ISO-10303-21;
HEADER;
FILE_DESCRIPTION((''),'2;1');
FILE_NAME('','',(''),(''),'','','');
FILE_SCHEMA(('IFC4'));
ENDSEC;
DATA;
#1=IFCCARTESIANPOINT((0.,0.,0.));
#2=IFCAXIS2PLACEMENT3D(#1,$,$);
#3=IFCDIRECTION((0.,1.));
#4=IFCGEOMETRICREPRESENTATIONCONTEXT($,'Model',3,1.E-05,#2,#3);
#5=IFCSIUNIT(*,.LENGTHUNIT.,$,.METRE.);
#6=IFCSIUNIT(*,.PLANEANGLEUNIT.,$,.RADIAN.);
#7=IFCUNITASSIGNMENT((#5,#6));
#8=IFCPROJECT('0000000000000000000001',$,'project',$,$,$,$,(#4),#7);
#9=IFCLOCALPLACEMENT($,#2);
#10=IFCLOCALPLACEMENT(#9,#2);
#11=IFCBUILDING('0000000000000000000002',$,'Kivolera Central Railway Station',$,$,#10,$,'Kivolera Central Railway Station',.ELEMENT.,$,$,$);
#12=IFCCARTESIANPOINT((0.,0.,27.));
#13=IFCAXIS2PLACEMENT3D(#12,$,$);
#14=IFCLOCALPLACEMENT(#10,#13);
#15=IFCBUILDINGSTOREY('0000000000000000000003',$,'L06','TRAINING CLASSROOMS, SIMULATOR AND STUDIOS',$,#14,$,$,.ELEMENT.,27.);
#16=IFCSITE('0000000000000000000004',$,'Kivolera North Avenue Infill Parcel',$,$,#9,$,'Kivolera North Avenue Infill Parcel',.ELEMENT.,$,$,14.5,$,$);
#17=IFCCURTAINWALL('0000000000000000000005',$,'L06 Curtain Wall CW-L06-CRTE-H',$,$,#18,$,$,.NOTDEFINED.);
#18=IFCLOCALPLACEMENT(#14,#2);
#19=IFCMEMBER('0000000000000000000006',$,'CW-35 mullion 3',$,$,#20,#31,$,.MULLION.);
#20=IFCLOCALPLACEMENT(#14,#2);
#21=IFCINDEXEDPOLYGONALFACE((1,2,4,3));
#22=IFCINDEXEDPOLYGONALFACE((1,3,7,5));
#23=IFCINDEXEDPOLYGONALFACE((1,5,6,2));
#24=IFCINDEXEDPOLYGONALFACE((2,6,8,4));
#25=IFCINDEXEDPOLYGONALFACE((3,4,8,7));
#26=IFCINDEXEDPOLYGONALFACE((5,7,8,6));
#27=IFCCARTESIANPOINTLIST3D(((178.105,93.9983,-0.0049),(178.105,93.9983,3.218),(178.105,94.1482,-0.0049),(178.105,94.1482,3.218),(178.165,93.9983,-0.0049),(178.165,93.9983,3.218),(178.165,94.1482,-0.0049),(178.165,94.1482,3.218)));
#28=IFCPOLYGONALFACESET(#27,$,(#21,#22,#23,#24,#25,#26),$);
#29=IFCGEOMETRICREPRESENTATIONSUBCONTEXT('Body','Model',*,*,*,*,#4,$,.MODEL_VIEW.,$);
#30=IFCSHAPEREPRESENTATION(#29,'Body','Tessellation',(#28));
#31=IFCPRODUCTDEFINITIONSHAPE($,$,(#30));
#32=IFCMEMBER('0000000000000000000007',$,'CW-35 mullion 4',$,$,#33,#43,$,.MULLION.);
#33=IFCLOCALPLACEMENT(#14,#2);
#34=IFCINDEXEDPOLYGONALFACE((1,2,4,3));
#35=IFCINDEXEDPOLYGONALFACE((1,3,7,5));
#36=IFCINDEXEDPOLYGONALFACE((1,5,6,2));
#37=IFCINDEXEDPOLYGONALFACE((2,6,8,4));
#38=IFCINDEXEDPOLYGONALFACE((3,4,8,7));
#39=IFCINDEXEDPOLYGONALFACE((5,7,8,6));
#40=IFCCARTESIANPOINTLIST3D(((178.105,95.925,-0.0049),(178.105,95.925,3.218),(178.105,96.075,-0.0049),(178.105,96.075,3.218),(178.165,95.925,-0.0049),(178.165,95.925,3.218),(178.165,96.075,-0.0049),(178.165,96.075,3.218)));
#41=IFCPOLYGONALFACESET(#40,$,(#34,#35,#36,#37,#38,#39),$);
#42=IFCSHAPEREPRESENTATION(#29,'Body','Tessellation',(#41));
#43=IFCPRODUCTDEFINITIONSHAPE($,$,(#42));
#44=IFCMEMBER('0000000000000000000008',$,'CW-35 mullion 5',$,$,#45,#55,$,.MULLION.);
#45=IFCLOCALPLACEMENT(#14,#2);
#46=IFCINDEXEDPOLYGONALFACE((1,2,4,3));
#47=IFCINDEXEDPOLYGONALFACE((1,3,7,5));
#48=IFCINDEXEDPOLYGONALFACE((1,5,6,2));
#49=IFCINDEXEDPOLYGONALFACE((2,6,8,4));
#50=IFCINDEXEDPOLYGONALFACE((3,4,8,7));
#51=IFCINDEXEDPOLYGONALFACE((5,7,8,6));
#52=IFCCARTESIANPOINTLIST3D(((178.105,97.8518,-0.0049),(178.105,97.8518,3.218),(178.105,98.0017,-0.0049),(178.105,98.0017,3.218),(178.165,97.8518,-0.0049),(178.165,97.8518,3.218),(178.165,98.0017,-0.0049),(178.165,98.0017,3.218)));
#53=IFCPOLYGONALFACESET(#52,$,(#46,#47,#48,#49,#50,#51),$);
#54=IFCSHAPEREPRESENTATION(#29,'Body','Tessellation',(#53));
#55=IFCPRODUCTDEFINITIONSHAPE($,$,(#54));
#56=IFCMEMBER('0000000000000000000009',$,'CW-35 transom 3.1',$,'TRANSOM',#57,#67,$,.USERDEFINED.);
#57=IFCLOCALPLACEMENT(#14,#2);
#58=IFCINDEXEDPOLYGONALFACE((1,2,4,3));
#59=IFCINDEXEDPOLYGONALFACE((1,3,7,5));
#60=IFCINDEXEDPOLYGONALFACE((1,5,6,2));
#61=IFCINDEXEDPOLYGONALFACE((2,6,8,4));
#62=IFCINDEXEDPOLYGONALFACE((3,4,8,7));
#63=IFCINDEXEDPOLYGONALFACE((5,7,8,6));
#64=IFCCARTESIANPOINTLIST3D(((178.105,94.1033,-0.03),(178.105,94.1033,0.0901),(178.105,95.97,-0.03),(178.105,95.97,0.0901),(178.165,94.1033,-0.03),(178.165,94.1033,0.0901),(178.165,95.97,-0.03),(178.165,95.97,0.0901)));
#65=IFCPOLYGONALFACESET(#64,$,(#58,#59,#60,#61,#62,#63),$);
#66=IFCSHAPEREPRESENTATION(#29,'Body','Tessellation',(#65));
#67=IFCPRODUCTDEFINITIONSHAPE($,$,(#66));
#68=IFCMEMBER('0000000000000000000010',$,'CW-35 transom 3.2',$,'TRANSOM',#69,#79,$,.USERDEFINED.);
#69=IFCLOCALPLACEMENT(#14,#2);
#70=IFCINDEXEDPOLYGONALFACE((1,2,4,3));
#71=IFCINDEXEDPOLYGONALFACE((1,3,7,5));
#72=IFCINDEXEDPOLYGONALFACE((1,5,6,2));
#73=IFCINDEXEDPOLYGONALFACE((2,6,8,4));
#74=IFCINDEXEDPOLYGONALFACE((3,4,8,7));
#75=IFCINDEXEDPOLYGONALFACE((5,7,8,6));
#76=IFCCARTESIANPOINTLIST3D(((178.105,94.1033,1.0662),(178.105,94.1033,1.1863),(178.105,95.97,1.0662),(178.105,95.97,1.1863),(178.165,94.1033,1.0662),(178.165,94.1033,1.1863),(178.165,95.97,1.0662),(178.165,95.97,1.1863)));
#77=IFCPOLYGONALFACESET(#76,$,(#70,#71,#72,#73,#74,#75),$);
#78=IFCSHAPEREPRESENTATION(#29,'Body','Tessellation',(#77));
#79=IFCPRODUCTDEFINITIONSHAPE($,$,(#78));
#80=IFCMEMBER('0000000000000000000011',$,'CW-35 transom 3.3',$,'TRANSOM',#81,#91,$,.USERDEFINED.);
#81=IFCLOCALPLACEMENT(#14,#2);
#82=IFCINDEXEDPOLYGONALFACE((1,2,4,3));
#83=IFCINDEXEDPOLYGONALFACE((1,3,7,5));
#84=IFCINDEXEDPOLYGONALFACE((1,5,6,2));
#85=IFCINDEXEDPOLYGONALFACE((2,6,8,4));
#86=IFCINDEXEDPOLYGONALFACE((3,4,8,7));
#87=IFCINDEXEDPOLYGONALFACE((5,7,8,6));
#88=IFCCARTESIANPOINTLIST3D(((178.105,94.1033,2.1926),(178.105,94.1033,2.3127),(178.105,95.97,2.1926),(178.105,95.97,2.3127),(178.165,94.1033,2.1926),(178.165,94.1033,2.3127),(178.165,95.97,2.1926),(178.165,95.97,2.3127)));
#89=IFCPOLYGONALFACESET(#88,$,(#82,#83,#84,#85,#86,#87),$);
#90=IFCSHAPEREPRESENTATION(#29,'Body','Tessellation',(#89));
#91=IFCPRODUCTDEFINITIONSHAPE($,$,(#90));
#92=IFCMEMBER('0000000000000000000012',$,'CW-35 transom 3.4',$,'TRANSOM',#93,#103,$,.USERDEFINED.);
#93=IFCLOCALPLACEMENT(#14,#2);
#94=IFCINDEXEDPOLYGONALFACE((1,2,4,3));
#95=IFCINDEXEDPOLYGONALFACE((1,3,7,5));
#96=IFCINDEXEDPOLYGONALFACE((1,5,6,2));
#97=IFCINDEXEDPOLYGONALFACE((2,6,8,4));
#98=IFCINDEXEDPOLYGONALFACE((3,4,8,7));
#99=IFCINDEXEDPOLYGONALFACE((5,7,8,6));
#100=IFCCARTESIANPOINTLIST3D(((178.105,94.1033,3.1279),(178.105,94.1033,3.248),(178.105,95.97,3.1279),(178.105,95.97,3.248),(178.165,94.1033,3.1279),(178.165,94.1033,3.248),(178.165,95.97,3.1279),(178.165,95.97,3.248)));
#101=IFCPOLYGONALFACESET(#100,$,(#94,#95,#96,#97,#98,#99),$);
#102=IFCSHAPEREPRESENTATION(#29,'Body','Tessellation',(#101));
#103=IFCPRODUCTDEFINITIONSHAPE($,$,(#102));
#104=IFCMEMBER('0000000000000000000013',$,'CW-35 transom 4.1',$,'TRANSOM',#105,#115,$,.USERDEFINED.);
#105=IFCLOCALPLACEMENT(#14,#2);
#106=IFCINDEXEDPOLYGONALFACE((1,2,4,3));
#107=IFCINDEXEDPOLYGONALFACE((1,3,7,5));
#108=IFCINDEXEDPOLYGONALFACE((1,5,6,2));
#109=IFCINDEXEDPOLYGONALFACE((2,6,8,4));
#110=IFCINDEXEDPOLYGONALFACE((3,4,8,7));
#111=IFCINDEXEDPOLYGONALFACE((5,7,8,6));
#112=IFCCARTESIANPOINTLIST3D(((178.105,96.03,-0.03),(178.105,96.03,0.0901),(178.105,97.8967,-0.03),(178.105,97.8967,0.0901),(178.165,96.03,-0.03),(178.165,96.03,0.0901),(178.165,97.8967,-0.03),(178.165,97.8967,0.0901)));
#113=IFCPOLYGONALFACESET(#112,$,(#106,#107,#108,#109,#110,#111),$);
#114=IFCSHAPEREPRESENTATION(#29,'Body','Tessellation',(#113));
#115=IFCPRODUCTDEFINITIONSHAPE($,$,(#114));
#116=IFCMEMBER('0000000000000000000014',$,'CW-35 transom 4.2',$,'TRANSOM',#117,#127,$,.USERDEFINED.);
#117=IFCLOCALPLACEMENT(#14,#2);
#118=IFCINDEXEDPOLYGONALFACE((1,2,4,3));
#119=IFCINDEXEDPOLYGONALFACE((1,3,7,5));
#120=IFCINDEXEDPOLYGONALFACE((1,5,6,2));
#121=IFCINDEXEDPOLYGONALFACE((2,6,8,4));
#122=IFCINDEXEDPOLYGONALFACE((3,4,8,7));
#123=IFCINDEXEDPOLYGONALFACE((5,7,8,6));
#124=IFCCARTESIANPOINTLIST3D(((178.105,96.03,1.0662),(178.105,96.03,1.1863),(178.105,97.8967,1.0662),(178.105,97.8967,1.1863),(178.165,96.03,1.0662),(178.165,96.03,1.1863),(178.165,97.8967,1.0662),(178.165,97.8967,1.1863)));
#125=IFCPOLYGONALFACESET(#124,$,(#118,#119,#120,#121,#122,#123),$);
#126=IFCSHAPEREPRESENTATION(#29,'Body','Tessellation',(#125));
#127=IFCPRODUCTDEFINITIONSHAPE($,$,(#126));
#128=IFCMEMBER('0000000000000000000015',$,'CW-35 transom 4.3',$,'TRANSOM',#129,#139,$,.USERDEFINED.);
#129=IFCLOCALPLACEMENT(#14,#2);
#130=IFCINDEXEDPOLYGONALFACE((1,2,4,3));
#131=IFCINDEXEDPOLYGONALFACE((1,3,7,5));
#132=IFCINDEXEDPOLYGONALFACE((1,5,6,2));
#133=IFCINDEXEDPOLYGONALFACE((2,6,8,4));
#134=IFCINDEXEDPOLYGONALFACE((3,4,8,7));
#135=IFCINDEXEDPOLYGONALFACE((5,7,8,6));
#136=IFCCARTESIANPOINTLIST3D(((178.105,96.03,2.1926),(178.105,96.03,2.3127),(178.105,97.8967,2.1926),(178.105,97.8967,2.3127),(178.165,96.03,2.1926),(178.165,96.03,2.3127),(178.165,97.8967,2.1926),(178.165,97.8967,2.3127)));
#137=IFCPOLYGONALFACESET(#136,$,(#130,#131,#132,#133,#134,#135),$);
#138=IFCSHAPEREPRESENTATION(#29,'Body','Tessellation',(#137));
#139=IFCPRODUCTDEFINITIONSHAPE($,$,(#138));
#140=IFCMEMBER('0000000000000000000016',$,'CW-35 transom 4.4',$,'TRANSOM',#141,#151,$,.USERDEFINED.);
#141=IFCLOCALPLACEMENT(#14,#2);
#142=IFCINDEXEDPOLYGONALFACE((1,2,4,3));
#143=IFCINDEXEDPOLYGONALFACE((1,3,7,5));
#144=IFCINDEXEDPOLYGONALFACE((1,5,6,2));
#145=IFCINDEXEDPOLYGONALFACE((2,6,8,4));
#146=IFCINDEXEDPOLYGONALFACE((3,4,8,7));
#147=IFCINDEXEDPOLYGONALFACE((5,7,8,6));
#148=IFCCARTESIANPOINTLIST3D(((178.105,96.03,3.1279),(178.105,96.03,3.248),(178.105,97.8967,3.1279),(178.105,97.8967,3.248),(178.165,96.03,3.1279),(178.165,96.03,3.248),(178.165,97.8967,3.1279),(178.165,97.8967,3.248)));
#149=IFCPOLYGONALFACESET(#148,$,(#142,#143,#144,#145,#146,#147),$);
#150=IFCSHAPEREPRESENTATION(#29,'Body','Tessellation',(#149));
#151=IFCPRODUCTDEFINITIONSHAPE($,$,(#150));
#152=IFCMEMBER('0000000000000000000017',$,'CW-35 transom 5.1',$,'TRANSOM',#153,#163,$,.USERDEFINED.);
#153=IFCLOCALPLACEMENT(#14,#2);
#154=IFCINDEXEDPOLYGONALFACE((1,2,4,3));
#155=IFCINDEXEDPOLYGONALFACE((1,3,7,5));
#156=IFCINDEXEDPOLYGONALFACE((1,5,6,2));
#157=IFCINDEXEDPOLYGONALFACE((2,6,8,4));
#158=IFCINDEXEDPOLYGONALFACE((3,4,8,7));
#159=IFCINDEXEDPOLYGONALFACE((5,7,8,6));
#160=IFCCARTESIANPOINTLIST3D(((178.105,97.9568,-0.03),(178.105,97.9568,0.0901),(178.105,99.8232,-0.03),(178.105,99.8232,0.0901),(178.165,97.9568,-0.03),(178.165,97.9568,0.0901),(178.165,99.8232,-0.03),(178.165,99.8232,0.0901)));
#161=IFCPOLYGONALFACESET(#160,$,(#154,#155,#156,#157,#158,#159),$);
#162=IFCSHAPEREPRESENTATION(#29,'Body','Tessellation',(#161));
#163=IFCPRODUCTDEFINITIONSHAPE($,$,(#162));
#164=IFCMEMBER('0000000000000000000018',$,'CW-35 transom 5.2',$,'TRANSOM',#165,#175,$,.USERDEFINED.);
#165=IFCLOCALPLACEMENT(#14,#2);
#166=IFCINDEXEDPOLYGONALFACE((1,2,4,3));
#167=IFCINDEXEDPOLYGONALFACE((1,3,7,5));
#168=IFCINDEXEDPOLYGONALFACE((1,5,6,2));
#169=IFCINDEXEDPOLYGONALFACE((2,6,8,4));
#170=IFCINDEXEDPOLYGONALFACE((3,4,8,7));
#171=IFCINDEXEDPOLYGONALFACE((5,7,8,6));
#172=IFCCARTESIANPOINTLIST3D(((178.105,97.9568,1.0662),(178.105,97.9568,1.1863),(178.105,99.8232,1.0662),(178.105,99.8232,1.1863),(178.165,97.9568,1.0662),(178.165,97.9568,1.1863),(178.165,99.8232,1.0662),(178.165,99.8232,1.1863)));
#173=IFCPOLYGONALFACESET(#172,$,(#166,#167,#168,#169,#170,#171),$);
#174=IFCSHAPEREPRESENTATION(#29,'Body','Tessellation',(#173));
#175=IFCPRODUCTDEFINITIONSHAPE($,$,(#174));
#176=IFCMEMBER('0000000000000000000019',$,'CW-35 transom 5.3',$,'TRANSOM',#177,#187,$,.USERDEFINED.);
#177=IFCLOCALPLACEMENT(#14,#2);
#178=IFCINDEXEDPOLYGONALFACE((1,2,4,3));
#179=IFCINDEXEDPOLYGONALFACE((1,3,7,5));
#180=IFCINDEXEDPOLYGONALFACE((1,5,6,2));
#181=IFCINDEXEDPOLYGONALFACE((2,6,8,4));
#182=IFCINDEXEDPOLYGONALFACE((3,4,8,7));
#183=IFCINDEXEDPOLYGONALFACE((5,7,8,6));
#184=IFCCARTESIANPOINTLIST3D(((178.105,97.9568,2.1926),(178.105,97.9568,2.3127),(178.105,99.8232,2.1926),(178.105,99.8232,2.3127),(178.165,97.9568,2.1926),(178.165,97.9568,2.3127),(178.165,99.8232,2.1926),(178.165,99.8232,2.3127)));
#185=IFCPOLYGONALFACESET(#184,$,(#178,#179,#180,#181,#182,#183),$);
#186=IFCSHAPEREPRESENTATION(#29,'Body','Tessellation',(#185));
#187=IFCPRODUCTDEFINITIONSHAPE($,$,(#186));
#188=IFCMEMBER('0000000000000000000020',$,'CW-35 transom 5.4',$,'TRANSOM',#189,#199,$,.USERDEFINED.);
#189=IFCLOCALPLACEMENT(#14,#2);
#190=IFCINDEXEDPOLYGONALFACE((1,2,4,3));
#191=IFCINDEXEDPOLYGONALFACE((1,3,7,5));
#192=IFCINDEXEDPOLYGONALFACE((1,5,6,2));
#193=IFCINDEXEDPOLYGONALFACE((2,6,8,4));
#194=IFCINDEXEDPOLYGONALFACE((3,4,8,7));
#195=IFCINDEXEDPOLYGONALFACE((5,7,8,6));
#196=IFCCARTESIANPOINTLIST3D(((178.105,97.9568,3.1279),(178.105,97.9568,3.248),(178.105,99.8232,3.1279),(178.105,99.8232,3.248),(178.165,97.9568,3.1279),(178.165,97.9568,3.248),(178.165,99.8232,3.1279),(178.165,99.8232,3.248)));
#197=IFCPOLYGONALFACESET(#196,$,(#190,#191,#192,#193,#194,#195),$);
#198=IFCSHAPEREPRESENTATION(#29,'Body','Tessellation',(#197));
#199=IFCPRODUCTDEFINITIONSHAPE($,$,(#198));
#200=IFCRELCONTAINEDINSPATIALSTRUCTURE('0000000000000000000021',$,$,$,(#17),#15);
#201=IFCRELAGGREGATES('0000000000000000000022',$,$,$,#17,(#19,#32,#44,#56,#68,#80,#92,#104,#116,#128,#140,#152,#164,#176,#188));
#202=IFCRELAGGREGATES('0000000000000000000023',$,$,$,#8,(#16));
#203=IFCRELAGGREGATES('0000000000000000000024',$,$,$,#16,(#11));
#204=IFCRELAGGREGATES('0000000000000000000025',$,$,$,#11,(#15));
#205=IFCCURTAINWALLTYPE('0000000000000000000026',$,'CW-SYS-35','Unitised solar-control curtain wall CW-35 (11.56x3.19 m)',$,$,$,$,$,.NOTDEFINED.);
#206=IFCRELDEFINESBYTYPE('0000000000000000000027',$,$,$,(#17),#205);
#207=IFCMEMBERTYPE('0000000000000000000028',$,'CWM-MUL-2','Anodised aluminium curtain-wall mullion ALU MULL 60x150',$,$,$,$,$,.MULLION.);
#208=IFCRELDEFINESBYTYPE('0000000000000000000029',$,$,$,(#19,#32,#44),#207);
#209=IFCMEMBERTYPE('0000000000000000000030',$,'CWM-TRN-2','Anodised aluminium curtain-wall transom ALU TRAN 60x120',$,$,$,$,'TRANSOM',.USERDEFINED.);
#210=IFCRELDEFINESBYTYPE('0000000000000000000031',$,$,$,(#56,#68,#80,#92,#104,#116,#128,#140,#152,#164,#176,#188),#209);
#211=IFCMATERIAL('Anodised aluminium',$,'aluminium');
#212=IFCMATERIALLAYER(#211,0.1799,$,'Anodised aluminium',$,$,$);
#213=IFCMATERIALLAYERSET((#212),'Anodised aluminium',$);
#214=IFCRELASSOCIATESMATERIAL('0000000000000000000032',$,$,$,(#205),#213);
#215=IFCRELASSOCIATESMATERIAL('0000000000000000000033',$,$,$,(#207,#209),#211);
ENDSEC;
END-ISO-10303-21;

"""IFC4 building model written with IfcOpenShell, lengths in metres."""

from ifc_helpers import new_model, si_unit, direction, frame, origin, origin_2d, place, context, subcontext, project, spatial, rectangle, extrude, material, layer, layer_set, material_profile, profile_set, type_object, element, aggregate, save


model = new_model("IFC4")

# Units and contexts
model_context = context("Model", 3, precision=1e-05, world=origin(), true_north=direction((0.0, 1.0)))
body_context = subcontext(model_context, "Body", "Model", "MODEL_VIEW")
ifc_project = project(units=[si_unit("LENGTHUNIT", "METRE"), si_unit("PLANEANGLEUNIT", "RADIAN")], contexts=[model_context])

# Site, building, storey
site_placement = place(None, origin())
site = spatial("IfcSite", under=ifc_project, at=site_placement, Name="Kivolera North Avenue Infill Parcel", LongName="Kivolera North Avenue Infill Parcel", CompositionType="ELEMENT", RefElevation=14.5)
building_placement = place(site_placement, origin())
building = spatial("IfcBuilding", under=site, at=building_placement, Name="Kivolera Central Railway Station", LongName="Kivolera Central Railway Station", CompositionType="ELEMENT")
storey_placement = place(building_placement, frame((0.0, 0.0, 27.0)))
storey = spatial("IfcBuildingStorey", under=building, at=storey_placement, Name="L06", Description="TRAINING CLASSROOMS, SIMULATOR AND STUDIOS", CompositionType="ELEMENT", Elevation=27.0)

# Curtain wall, members
ifc_material_1 = material(Name="Anodised aluminium", Category="aluminium")
ifc_layer_1 = layer(ifc_material_1, 0.1799, Name="Anodised aluminium")
ifc_layer_set_1 = layer_set([ifc_layer_1], Name="Anodised aluminium")
curtain_wall_type = type_object("IfcCurtainWallType", Name="CW-SYS-35", Description="Unitised solar-control curtain wall CW-35 (11.56x3.19 m)", PredefinedType="NOTDEFINED", material=ifc_layer_set_1)
curtain_wall_placement = place(storey_placement, origin())
curtain_wall = element("IfcCurtainWall", 1, at=curtain_wall_placement, inside=storey, type_object=curtain_wall_type, Name="L06 Curtain Wall CW-L06-CRTE-H", PredefinedType="NOTDEFINED")
ifc_material_profile_1 = material_profile(ifc_material_1, rectangle(XDim=0.0601, YDim=0.1499, at=origin_2d()), Name="ALU MULL 60x150")
ifc_profile_set_1 = profile_set([ifc_material_profile_1], Name="Anodised aluminium")
member_type_1 = type_object("IfcMemberType", Name="CWM-MUL-2", Description="Anodised aluminium curtain-wall mullion ALU MULL 60x150", PredefinedType="MULLION", material=ifc_profile_set_1)
member_1_placement = place(storey_placement, frame((178.135, 94.0732, -0.0049), z_axis=(0.0, 0.0, 1.0), x_axis=(-1.0, 0.0, 0.0)))
member_1 = element("IfcMember", 2, at=member_1_placement, type_object=member_type_1, Name="CW-35 mullion 3", PredefinedType="MULLION", context=body_context, shape_type="SweptSolid", body=[
    extrude(rectangle(XDim=0.0601, YDim=0.1499, at=origin_2d()), origin(), (0.0, 0.0, 1.0), 3.2229),
])
member_2_placement = place(storey_placement, frame((178.135, 96.0, -0.0049), z_axis=(0.0, 0.0, 1.0), x_axis=(-1.0, 0.0, 0.0)))
member_2 = element("IfcMember", 3, at=member_2_placement, type_object=member_type_1, Name="CW-35 mullion 4", PredefinedType="MULLION", context=body_context, shape_type="SweptSolid", body=[
    extrude(rectangle(XDim=0.0601, YDim=0.1499, at=origin_2d()), origin(), (0.0, 0.0, 1.0), 3.2229),
])
member_3_placement = place(storey_placement, frame((178.135, 97.9268, -0.0049), z_axis=(0.0, 0.0, 1.0), x_axis=(-1.0, 0.0, 0.0)))
member_3 = element("IfcMember", 4, at=member_3_placement, type_object=member_type_1, Name="CW-35 mullion 5", PredefinedType="MULLION", context=body_context, shape_type="SweptSolid", body=[
    extrude(rectangle(XDim=0.0601, YDim=0.1499, at=origin_2d()), origin(), (0.0, 0.0, 1.0), 3.2229),
])
ifc_material_profile_2 = material_profile(ifc_material_1, rectangle(XDim=0.0601, YDim=0.1201, at=origin_2d()), Name="ALU TRAN 60x120")
ifc_profile_set_2 = profile_set([ifc_material_profile_2], Name="Anodised aluminium")
member_type_2 = type_object("IfcMemberType", Name="CWM-TRN-2", Description="Anodised aluminium curtain-wall transom ALU TRAN 60x120", ElementType="TRANSOM", PredefinedType="USERDEFINED", material=ifc_profile_set_2)
member_4_placement = place(storey_placement, frame((178.135, 94.1033, 0.03), z_axis=(0.0, 1.0, 0.0), x_axis=(-1.0, 0.0, 0.0)))
member_4 = element("IfcMember", 5, at=member_4_placement, type_object=member_type_2, Name="CW-35 transom 3.1", ObjectType="TRANSOM", PredefinedType="USERDEFINED", context=body_context, shape_type="SweptSolid", body=[
    extrude(rectangle(XDim=0.0601, YDim=0.1201, at=origin_2d()), origin(), (0.0, 0.0, 1.0), 1.8667),
])
member_5_placement = place(storey_placement, frame((178.135, 94.1033, 1.1262), z_axis=(0.0, 1.0, 0.0), x_axis=(-1.0, 0.0, 0.0)))
member_5 = element("IfcMember", 6, at=member_5_placement, type_object=member_type_2, Name="CW-35 transom 3.2", ObjectType="TRANSOM", PredefinedType="USERDEFINED", context=body_context, shape_type="SweptSolid", body=[
    extrude(rectangle(XDim=0.0601, YDim=0.1201, at=origin_2d()), origin(), (0.0, 0.0, 1.0), 1.8667),
])
member_6_placement = place(storey_placement, frame((178.135, 94.1033, 2.2527), z_axis=(0.0, 1.0, 0.0), x_axis=(-1.0, 0.0, 0.0)))
member_6 = element("IfcMember", 7, at=member_6_placement, type_object=member_type_2, Name="CW-35 transom 3.3", ObjectType="TRANSOM", PredefinedType="USERDEFINED", context=body_context, shape_type="SweptSolid", body=[
    extrude(rectangle(XDim=0.0601, YDim=0.1201, at=origin_2d()), origin(), (0.0, 0.0, 1.0), 1.8667),
])
member_7_placement = place(storey_placement, frame((178.135, 94.1033, 3.188), z_axis=(0.0, 1.0, 0.0), x_axis=(-1.0, 0.0, 0.0)))
member_7 = element("IfcMember", 8, at=member_7_placement, type_object=member_type_2, Name="CW-35 transom 3.4", ObjectType="TRANSOM", PredefinedType="USERDEFINED", context=body_context, shape_type="SweptSolid", body=[
    extrude(rectangle(XDim=0.0601, YDim=0.1201, at=origin_2d()), origin(), (0.0, 0.0, 1.0), 1.8667),
])
member_8_placement = place(storey_placement, frame((178.135, 96.03, 0.03), z_axis=(0.0, 1.0, 0.0), x_axis=(-1.0, 0.0, 0.0)))
member_8 = element("IfcMember", 9, at=member_8_placement, type_object=member_type_2, Name="CW-35 transom 4.1", ObjectType="TRANSOM", PredefinedType="USERDEFINED", context=body_context, shape_type="SweptSolid", body=[
    extrude(rectangle(XDim=0.0601, YDim=0.1201, at=origin_2d()), origin(), (0.0, 0.0, 1.0), 1.8667),
])
member_9_placement = place(storey_placement, frame((178.135, 96.03, 1.1262), z_axis=(0.0, 1.0, 0.0), x_axis=(-1.0, 0.0, 0.0)))
member_9 = element("IfcMember", 10, at=member_9_placement, type_object=member_type_2, Name="CW-35 transom 4.2", ObjectType="TRANSOM", PredefinedType="USERDEFINED", context=body_context, shape_type="SweptSolid", body=[
    extrude(rectangle(XDim=0.0601, YDim=0.1201, at=origin_2d()), origin(), (0.0, 0.0, 1.0), 1.8667),
])
member_10_placement = place(storey_placement, frame((178.135, 96.03, 2.2527), z_axis=(0.0, 1.0, 0.0), x_axis=(-1.0, 0.0, 0.0)))
member_10 = element("IfcMember", 11, at=member_10_placement, type_object=member_type_2, Name="CW-35 transom 4.3", ObjectType="TRANSOM", PredefinedType="USERDEFINED", context=body_context, shape_type="SweptSolid", body=[
    extrude(rectangle(XDim=0.0601, YDim=0.1201, at=origin_2d()), origin(), (0.0, 0.0, 1.0), 1.8667),
])
member_11_placement = place(storey_placement, frame((178.135, 96.03, 3.188), z_axis=(0.0, 1.0, 0.0), x_axis=(-1.0, 0.0, 0.0)))
member_11 = element("IfcMember", 12, at=member_11_placement, type_object=member_type_2, Name="CW-35 transom 4.4", ObjectType="TRANSOM", PredefinedType="USERDEFINED", context=body_context, shape_type="SweptSolid", body=[
    extrude(rectangle(XDim=0.0601, YDim=0.1201, at=origin_2d()), origin(), (0.0, 0.0, 1.0), 1.8667),
])
member_12_placement = place(storey_placement, frame((178.135, 97.9568, 0.03), z_axis=(0.0, 1.0, 0.0), x_axis=(-1.0, 0.0, 0.0)))
member_12 = element("IfcMember", 13, at=member_12_placement, type_object=member_type_2, Name="CW-35 transom 5.1", ObjectType="TRANSOM", PredefinedType="USERDEFINED", context=body_context, shape_type="SweptSolid", body=[
    extrude(rectangle(XDim=0.0601, YDim=0.1201, at=origin_2d()), origin(), (0.0, 0.0, 1.0), 1.8665),
])
member_13_placement = place(storey_placement, frame((178.135, 97.9568, 1.1262), z_axis=(0.0, 1.0, 0.0), x_axis=(-1.0, 0.0, 0.0)))
member_13 = element("IfcMember", 14, at=member_13_placement, type_object=member_type_2, Name="CW-35 transom 5.2", ObjectType="TRANSOM", PredefinedType="USERDEFINED", context=body_context, shape_type="SweptSolid", body=[
    extrude(rectangle(XDim=0.0601, YDim=0.1201, at=origin_2d()), origin(), (0.0, 0.0, 1.0), 1.8665),
])
member_14_placement = place(storey_placement, frame((178.135, 97.9568, 2.2527), z_axis=(0.0, 1.0, 0.0), x_axis=(-1.0, 0.0, 0.0)))
member_14 = element("IfcMember", 15, at=member_14_placement, type_object=member_type_2, Name="CW-35 transom 5.3", ObjectType="TRANSOM", PredefinedType="USERDEFINED", context=body_context, shape_type="SweptSolid", body=[
    extrude(rectangle(XDim=0.0601, YDim=0.1201, at=origin_2d()), origin(), (0.0, 0.0, 1.0), 1.8665),
])
member_15_placement = place(storey_placement, frame((178.135, 97.9568, 3.188), z_axis=(0.0, 1.0, 0.0), x_axis=(-1.0, 0.0, 0.0)))
member_15 = element("IfcMember", 16, at=member_15_placement, type_object=member_type_2, Name="CW-35 transom 5.4", ObjectType="TRANSOM", PredefinedType="USERDEFINED", context=body_context, shape_type="SweptSolid", body=[
    extrude(rectangle(XDim=0.0601, YDim=0.1201, at=origin_2d()), origin(), (0.0, 0.0, 1.0), 1.8665),
])
aggregate(curtain_wall, [member_1, member_2, member_3, member_4, member_5, member_6, member_7, member_8, member_9, member_10, member_11, member_12, member_13, member_14, member_15])

save(model, "model.ifc")
